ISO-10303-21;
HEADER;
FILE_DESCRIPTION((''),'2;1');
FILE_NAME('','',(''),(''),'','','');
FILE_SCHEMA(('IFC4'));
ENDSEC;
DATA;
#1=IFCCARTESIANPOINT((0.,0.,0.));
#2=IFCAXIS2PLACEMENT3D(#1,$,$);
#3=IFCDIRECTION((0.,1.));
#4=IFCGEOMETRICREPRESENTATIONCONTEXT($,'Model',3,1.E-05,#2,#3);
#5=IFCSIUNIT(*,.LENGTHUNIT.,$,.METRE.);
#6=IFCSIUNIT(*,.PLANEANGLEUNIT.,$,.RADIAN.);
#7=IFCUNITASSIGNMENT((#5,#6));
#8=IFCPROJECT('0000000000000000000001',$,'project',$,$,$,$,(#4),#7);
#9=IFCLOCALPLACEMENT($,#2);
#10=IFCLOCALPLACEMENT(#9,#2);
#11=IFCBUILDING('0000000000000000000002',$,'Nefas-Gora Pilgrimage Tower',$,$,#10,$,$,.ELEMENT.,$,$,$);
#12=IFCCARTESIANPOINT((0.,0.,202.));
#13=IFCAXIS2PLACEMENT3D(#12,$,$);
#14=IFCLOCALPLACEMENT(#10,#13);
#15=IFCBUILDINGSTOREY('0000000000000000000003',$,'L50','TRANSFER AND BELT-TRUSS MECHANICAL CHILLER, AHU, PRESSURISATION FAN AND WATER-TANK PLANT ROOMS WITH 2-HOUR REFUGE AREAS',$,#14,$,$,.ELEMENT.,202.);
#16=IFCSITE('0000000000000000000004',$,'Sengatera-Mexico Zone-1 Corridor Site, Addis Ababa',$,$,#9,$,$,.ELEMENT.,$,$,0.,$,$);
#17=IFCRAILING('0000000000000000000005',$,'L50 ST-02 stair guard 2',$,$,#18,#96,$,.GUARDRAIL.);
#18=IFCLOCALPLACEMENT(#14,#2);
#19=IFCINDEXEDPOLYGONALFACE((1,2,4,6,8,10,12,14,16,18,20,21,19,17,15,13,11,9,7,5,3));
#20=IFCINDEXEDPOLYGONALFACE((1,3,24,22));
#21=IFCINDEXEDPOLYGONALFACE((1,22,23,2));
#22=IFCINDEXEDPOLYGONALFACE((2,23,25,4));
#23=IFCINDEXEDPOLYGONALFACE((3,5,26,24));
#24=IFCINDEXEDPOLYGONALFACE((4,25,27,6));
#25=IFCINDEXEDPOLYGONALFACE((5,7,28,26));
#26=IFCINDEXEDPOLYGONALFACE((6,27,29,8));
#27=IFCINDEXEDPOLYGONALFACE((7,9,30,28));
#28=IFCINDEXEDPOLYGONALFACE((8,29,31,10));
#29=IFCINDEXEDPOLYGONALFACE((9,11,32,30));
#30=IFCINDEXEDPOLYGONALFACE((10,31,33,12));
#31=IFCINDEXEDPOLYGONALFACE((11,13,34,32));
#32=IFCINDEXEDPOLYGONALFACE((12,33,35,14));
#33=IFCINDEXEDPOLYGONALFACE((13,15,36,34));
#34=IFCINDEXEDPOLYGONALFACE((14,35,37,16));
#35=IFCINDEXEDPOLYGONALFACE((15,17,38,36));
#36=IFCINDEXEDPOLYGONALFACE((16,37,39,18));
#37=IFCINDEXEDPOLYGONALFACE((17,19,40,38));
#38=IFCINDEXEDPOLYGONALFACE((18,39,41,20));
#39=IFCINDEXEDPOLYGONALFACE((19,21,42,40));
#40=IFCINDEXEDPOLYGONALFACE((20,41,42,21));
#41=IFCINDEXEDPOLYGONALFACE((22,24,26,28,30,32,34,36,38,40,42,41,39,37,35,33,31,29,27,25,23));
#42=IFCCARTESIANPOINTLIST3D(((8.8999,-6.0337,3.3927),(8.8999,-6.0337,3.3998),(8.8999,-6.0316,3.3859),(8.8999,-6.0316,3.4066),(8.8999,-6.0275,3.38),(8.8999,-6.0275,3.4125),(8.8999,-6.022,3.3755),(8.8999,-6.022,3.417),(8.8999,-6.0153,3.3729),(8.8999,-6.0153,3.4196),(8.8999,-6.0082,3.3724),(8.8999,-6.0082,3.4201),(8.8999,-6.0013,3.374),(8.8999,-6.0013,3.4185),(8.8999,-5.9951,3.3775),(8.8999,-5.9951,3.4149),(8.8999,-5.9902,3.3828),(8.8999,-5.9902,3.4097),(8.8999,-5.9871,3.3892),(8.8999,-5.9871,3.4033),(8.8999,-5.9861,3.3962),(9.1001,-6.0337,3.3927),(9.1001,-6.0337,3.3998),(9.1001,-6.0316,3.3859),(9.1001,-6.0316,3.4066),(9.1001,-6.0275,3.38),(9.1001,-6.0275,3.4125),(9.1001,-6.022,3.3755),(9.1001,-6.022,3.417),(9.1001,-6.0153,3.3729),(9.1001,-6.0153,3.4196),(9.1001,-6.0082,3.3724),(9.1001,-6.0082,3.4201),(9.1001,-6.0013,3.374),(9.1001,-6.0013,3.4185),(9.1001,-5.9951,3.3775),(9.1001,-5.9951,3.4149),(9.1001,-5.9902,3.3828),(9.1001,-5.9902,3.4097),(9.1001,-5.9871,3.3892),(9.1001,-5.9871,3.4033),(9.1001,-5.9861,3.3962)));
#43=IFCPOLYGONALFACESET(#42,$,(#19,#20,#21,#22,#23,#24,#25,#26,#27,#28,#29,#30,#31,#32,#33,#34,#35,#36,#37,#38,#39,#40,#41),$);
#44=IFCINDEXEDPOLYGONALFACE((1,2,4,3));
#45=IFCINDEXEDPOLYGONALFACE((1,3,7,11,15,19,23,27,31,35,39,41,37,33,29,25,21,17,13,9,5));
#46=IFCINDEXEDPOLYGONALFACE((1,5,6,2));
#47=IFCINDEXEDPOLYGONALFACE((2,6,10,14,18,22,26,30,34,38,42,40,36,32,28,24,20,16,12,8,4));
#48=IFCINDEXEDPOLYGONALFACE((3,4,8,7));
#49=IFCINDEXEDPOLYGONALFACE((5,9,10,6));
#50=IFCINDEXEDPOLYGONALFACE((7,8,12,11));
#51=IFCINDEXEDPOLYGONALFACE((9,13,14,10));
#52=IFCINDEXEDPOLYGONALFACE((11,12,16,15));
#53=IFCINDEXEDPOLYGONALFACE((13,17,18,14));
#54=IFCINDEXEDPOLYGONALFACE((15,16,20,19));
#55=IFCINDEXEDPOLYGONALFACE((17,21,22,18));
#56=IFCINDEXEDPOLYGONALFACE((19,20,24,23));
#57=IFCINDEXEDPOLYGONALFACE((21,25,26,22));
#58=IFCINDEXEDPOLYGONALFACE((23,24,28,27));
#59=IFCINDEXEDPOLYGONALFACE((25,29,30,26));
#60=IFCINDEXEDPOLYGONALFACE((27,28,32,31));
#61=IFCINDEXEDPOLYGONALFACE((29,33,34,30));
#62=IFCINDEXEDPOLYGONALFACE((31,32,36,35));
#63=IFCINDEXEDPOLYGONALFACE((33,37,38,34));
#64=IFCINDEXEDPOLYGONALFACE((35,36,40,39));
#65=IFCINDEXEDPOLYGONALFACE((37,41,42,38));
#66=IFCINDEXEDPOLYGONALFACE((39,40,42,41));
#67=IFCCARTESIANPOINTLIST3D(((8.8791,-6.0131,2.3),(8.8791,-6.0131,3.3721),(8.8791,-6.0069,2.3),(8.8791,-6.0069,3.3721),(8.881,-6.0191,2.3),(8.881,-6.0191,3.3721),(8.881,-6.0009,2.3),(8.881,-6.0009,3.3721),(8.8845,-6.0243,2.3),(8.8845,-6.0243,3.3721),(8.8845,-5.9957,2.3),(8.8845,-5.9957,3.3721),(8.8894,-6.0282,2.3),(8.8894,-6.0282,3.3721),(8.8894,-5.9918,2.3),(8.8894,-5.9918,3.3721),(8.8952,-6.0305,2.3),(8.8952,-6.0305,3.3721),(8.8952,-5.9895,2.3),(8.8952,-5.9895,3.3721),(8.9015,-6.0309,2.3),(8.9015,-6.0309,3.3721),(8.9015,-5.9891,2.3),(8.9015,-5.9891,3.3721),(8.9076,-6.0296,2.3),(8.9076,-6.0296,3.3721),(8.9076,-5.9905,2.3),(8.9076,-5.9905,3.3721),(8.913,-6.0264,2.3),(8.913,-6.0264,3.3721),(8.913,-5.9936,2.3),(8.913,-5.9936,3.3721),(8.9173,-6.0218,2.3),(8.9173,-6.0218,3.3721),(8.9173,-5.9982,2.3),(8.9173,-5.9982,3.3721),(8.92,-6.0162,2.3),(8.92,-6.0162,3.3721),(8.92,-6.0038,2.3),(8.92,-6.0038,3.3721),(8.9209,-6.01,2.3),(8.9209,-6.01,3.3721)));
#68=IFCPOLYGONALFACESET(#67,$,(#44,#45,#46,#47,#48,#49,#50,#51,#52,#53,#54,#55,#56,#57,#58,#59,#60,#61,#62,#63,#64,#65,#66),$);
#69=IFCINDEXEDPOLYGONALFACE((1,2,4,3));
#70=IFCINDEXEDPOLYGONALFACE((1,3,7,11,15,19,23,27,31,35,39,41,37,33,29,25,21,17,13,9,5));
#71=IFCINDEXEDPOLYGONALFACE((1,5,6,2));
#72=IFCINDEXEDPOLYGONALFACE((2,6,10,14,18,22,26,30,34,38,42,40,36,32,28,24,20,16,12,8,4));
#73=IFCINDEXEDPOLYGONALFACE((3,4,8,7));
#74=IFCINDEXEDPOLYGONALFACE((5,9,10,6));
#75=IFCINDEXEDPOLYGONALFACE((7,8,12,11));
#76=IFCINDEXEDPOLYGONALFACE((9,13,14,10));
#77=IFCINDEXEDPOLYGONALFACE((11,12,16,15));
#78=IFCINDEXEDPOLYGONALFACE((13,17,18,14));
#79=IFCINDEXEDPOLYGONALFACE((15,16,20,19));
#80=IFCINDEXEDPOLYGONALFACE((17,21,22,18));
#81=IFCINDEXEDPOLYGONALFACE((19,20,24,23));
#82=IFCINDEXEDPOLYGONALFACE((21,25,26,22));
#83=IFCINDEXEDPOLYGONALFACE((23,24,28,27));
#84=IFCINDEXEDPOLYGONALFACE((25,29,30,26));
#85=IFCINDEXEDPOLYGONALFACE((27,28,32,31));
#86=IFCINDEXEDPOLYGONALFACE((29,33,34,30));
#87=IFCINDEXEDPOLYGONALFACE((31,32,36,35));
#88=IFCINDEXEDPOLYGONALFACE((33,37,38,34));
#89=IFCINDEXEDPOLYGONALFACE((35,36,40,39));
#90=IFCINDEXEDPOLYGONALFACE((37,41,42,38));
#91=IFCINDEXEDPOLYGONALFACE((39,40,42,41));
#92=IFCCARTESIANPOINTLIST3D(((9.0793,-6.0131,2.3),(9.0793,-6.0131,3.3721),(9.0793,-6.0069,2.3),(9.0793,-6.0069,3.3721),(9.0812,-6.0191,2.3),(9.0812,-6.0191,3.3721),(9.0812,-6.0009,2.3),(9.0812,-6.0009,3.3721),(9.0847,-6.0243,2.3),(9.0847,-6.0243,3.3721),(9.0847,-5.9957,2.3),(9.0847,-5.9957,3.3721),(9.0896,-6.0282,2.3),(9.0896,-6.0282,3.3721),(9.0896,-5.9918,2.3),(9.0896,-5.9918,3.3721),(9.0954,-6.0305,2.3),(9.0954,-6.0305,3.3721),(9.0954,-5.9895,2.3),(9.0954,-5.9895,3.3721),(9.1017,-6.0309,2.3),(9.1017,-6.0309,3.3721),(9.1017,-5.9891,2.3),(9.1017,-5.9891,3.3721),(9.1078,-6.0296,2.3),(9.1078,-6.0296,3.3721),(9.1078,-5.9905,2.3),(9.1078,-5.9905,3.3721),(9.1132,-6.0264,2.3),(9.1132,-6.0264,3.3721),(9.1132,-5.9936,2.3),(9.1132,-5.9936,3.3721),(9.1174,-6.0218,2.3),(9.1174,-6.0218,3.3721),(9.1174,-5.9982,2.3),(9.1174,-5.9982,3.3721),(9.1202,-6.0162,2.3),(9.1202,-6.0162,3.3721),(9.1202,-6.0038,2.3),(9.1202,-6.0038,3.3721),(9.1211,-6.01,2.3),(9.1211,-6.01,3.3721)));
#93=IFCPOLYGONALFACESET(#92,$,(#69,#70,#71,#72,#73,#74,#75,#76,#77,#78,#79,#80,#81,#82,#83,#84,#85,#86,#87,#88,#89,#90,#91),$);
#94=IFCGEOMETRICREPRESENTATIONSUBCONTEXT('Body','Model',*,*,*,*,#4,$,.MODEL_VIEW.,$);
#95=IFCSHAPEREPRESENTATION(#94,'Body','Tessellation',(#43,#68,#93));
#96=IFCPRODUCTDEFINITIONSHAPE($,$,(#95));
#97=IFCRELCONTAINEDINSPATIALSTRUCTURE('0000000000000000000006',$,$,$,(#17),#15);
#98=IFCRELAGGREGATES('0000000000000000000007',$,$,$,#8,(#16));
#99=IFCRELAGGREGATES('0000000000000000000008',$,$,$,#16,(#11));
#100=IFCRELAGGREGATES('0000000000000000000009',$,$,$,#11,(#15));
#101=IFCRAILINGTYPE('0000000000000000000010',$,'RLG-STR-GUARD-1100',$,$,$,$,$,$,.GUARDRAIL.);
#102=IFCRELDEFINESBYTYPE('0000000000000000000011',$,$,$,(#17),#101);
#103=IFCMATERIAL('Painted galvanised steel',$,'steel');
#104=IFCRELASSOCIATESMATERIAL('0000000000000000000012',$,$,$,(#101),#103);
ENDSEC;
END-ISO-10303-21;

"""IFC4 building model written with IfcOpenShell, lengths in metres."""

from ifc_helpers import new_model, si_unit, direction, frame, origin, origin_2d, place, context, subcontext, project, spatial, circle, extrude, material, type_object, element, save


model = new_model("IFC4")

# Units and contexts
model_context = context("Model", 3, precision=1e-05, world=origin(), true_north=direction((0.0, 1.0)))
body_context = subcontext(model_context, "Body", "Model", "MODEL_VIEW")
ifc_project = project(units=[si_unit("LENGTHUNIT", "METRE"), si_unit("PLANEANGLEUNIT", "RADIAN")], contexts=[model_context])

# Site, building, storey
site_placement = place(None, origin())
site = spatial("IfcSite", under=ifc_project, at=site_placement, Name="Sengatera-Mexico Zone-1 Corridor Site, Addis Ababa", CompositionType="ELEMENT", RefElevation=0.0)
building_placement = place(site_placement, origin())
building = spatial("IfcBuilding", under=site, at=building_placement, Name="Nefas-Gora Pilgrimage Tower", CompositionType="ELEMENT")
storey_placement = place(building_placement, frame((0.0, 0.0, 202.0)))
storey = spatial("IfcBuildingStorey", under=building, at=storey_placement, Name="L50", Description="TRANSFER AND BELT-TRUSS MECHANICAL CHILLER, AHU, PRESSURISATION FAN AND WATER-TANK PLANT ROOMS WITH 2-HOUR REFUGE AREAS", CompositionType="ELEMENT", Elevation=202.0)

# Railing
ifc_material_1 = material(Name="Painted galvanised steel", Category="steel")
railing_type_1 = type_object("IfcRailingType", Name="RLG-STR-GUARD-1100", PredefinedType="GUARDRAIL", material=ifc_material_1)
railing_1_placement = place(storey_placement, frame((8.8999, -6.01, 2.3)))
element("IfcRailing", 1, at=railing_1_placement, inside=storey, type_object=railing_type_1, Name="L50 ST-02 stair guard 2", PredefinedType="GUARDRAIL", context=body_context, shape_type="SweptSolid", body=[
    extrude(circle(Radius=0.0239, at=origin_2d()), frame((0.0, 0.0, 1.0962), z_axis=(1.0, 0.0, 0.0), x_axis=(0.0, 1.0, 0.0)), (0.0, 0.0, 1.0), 0.2002),
    extrude(circle(Radius=0.021, at=origin_2d()), origin(), (0.0, 0.0, 1.0), 1.072),
    extrude(circle(Radius=0.021, at=origin_2d()), frame((0.2002, 0.0, 0.0)), (0.0, 0.0, 1.0), 1.072),
])

save(model, "model.ifc")
